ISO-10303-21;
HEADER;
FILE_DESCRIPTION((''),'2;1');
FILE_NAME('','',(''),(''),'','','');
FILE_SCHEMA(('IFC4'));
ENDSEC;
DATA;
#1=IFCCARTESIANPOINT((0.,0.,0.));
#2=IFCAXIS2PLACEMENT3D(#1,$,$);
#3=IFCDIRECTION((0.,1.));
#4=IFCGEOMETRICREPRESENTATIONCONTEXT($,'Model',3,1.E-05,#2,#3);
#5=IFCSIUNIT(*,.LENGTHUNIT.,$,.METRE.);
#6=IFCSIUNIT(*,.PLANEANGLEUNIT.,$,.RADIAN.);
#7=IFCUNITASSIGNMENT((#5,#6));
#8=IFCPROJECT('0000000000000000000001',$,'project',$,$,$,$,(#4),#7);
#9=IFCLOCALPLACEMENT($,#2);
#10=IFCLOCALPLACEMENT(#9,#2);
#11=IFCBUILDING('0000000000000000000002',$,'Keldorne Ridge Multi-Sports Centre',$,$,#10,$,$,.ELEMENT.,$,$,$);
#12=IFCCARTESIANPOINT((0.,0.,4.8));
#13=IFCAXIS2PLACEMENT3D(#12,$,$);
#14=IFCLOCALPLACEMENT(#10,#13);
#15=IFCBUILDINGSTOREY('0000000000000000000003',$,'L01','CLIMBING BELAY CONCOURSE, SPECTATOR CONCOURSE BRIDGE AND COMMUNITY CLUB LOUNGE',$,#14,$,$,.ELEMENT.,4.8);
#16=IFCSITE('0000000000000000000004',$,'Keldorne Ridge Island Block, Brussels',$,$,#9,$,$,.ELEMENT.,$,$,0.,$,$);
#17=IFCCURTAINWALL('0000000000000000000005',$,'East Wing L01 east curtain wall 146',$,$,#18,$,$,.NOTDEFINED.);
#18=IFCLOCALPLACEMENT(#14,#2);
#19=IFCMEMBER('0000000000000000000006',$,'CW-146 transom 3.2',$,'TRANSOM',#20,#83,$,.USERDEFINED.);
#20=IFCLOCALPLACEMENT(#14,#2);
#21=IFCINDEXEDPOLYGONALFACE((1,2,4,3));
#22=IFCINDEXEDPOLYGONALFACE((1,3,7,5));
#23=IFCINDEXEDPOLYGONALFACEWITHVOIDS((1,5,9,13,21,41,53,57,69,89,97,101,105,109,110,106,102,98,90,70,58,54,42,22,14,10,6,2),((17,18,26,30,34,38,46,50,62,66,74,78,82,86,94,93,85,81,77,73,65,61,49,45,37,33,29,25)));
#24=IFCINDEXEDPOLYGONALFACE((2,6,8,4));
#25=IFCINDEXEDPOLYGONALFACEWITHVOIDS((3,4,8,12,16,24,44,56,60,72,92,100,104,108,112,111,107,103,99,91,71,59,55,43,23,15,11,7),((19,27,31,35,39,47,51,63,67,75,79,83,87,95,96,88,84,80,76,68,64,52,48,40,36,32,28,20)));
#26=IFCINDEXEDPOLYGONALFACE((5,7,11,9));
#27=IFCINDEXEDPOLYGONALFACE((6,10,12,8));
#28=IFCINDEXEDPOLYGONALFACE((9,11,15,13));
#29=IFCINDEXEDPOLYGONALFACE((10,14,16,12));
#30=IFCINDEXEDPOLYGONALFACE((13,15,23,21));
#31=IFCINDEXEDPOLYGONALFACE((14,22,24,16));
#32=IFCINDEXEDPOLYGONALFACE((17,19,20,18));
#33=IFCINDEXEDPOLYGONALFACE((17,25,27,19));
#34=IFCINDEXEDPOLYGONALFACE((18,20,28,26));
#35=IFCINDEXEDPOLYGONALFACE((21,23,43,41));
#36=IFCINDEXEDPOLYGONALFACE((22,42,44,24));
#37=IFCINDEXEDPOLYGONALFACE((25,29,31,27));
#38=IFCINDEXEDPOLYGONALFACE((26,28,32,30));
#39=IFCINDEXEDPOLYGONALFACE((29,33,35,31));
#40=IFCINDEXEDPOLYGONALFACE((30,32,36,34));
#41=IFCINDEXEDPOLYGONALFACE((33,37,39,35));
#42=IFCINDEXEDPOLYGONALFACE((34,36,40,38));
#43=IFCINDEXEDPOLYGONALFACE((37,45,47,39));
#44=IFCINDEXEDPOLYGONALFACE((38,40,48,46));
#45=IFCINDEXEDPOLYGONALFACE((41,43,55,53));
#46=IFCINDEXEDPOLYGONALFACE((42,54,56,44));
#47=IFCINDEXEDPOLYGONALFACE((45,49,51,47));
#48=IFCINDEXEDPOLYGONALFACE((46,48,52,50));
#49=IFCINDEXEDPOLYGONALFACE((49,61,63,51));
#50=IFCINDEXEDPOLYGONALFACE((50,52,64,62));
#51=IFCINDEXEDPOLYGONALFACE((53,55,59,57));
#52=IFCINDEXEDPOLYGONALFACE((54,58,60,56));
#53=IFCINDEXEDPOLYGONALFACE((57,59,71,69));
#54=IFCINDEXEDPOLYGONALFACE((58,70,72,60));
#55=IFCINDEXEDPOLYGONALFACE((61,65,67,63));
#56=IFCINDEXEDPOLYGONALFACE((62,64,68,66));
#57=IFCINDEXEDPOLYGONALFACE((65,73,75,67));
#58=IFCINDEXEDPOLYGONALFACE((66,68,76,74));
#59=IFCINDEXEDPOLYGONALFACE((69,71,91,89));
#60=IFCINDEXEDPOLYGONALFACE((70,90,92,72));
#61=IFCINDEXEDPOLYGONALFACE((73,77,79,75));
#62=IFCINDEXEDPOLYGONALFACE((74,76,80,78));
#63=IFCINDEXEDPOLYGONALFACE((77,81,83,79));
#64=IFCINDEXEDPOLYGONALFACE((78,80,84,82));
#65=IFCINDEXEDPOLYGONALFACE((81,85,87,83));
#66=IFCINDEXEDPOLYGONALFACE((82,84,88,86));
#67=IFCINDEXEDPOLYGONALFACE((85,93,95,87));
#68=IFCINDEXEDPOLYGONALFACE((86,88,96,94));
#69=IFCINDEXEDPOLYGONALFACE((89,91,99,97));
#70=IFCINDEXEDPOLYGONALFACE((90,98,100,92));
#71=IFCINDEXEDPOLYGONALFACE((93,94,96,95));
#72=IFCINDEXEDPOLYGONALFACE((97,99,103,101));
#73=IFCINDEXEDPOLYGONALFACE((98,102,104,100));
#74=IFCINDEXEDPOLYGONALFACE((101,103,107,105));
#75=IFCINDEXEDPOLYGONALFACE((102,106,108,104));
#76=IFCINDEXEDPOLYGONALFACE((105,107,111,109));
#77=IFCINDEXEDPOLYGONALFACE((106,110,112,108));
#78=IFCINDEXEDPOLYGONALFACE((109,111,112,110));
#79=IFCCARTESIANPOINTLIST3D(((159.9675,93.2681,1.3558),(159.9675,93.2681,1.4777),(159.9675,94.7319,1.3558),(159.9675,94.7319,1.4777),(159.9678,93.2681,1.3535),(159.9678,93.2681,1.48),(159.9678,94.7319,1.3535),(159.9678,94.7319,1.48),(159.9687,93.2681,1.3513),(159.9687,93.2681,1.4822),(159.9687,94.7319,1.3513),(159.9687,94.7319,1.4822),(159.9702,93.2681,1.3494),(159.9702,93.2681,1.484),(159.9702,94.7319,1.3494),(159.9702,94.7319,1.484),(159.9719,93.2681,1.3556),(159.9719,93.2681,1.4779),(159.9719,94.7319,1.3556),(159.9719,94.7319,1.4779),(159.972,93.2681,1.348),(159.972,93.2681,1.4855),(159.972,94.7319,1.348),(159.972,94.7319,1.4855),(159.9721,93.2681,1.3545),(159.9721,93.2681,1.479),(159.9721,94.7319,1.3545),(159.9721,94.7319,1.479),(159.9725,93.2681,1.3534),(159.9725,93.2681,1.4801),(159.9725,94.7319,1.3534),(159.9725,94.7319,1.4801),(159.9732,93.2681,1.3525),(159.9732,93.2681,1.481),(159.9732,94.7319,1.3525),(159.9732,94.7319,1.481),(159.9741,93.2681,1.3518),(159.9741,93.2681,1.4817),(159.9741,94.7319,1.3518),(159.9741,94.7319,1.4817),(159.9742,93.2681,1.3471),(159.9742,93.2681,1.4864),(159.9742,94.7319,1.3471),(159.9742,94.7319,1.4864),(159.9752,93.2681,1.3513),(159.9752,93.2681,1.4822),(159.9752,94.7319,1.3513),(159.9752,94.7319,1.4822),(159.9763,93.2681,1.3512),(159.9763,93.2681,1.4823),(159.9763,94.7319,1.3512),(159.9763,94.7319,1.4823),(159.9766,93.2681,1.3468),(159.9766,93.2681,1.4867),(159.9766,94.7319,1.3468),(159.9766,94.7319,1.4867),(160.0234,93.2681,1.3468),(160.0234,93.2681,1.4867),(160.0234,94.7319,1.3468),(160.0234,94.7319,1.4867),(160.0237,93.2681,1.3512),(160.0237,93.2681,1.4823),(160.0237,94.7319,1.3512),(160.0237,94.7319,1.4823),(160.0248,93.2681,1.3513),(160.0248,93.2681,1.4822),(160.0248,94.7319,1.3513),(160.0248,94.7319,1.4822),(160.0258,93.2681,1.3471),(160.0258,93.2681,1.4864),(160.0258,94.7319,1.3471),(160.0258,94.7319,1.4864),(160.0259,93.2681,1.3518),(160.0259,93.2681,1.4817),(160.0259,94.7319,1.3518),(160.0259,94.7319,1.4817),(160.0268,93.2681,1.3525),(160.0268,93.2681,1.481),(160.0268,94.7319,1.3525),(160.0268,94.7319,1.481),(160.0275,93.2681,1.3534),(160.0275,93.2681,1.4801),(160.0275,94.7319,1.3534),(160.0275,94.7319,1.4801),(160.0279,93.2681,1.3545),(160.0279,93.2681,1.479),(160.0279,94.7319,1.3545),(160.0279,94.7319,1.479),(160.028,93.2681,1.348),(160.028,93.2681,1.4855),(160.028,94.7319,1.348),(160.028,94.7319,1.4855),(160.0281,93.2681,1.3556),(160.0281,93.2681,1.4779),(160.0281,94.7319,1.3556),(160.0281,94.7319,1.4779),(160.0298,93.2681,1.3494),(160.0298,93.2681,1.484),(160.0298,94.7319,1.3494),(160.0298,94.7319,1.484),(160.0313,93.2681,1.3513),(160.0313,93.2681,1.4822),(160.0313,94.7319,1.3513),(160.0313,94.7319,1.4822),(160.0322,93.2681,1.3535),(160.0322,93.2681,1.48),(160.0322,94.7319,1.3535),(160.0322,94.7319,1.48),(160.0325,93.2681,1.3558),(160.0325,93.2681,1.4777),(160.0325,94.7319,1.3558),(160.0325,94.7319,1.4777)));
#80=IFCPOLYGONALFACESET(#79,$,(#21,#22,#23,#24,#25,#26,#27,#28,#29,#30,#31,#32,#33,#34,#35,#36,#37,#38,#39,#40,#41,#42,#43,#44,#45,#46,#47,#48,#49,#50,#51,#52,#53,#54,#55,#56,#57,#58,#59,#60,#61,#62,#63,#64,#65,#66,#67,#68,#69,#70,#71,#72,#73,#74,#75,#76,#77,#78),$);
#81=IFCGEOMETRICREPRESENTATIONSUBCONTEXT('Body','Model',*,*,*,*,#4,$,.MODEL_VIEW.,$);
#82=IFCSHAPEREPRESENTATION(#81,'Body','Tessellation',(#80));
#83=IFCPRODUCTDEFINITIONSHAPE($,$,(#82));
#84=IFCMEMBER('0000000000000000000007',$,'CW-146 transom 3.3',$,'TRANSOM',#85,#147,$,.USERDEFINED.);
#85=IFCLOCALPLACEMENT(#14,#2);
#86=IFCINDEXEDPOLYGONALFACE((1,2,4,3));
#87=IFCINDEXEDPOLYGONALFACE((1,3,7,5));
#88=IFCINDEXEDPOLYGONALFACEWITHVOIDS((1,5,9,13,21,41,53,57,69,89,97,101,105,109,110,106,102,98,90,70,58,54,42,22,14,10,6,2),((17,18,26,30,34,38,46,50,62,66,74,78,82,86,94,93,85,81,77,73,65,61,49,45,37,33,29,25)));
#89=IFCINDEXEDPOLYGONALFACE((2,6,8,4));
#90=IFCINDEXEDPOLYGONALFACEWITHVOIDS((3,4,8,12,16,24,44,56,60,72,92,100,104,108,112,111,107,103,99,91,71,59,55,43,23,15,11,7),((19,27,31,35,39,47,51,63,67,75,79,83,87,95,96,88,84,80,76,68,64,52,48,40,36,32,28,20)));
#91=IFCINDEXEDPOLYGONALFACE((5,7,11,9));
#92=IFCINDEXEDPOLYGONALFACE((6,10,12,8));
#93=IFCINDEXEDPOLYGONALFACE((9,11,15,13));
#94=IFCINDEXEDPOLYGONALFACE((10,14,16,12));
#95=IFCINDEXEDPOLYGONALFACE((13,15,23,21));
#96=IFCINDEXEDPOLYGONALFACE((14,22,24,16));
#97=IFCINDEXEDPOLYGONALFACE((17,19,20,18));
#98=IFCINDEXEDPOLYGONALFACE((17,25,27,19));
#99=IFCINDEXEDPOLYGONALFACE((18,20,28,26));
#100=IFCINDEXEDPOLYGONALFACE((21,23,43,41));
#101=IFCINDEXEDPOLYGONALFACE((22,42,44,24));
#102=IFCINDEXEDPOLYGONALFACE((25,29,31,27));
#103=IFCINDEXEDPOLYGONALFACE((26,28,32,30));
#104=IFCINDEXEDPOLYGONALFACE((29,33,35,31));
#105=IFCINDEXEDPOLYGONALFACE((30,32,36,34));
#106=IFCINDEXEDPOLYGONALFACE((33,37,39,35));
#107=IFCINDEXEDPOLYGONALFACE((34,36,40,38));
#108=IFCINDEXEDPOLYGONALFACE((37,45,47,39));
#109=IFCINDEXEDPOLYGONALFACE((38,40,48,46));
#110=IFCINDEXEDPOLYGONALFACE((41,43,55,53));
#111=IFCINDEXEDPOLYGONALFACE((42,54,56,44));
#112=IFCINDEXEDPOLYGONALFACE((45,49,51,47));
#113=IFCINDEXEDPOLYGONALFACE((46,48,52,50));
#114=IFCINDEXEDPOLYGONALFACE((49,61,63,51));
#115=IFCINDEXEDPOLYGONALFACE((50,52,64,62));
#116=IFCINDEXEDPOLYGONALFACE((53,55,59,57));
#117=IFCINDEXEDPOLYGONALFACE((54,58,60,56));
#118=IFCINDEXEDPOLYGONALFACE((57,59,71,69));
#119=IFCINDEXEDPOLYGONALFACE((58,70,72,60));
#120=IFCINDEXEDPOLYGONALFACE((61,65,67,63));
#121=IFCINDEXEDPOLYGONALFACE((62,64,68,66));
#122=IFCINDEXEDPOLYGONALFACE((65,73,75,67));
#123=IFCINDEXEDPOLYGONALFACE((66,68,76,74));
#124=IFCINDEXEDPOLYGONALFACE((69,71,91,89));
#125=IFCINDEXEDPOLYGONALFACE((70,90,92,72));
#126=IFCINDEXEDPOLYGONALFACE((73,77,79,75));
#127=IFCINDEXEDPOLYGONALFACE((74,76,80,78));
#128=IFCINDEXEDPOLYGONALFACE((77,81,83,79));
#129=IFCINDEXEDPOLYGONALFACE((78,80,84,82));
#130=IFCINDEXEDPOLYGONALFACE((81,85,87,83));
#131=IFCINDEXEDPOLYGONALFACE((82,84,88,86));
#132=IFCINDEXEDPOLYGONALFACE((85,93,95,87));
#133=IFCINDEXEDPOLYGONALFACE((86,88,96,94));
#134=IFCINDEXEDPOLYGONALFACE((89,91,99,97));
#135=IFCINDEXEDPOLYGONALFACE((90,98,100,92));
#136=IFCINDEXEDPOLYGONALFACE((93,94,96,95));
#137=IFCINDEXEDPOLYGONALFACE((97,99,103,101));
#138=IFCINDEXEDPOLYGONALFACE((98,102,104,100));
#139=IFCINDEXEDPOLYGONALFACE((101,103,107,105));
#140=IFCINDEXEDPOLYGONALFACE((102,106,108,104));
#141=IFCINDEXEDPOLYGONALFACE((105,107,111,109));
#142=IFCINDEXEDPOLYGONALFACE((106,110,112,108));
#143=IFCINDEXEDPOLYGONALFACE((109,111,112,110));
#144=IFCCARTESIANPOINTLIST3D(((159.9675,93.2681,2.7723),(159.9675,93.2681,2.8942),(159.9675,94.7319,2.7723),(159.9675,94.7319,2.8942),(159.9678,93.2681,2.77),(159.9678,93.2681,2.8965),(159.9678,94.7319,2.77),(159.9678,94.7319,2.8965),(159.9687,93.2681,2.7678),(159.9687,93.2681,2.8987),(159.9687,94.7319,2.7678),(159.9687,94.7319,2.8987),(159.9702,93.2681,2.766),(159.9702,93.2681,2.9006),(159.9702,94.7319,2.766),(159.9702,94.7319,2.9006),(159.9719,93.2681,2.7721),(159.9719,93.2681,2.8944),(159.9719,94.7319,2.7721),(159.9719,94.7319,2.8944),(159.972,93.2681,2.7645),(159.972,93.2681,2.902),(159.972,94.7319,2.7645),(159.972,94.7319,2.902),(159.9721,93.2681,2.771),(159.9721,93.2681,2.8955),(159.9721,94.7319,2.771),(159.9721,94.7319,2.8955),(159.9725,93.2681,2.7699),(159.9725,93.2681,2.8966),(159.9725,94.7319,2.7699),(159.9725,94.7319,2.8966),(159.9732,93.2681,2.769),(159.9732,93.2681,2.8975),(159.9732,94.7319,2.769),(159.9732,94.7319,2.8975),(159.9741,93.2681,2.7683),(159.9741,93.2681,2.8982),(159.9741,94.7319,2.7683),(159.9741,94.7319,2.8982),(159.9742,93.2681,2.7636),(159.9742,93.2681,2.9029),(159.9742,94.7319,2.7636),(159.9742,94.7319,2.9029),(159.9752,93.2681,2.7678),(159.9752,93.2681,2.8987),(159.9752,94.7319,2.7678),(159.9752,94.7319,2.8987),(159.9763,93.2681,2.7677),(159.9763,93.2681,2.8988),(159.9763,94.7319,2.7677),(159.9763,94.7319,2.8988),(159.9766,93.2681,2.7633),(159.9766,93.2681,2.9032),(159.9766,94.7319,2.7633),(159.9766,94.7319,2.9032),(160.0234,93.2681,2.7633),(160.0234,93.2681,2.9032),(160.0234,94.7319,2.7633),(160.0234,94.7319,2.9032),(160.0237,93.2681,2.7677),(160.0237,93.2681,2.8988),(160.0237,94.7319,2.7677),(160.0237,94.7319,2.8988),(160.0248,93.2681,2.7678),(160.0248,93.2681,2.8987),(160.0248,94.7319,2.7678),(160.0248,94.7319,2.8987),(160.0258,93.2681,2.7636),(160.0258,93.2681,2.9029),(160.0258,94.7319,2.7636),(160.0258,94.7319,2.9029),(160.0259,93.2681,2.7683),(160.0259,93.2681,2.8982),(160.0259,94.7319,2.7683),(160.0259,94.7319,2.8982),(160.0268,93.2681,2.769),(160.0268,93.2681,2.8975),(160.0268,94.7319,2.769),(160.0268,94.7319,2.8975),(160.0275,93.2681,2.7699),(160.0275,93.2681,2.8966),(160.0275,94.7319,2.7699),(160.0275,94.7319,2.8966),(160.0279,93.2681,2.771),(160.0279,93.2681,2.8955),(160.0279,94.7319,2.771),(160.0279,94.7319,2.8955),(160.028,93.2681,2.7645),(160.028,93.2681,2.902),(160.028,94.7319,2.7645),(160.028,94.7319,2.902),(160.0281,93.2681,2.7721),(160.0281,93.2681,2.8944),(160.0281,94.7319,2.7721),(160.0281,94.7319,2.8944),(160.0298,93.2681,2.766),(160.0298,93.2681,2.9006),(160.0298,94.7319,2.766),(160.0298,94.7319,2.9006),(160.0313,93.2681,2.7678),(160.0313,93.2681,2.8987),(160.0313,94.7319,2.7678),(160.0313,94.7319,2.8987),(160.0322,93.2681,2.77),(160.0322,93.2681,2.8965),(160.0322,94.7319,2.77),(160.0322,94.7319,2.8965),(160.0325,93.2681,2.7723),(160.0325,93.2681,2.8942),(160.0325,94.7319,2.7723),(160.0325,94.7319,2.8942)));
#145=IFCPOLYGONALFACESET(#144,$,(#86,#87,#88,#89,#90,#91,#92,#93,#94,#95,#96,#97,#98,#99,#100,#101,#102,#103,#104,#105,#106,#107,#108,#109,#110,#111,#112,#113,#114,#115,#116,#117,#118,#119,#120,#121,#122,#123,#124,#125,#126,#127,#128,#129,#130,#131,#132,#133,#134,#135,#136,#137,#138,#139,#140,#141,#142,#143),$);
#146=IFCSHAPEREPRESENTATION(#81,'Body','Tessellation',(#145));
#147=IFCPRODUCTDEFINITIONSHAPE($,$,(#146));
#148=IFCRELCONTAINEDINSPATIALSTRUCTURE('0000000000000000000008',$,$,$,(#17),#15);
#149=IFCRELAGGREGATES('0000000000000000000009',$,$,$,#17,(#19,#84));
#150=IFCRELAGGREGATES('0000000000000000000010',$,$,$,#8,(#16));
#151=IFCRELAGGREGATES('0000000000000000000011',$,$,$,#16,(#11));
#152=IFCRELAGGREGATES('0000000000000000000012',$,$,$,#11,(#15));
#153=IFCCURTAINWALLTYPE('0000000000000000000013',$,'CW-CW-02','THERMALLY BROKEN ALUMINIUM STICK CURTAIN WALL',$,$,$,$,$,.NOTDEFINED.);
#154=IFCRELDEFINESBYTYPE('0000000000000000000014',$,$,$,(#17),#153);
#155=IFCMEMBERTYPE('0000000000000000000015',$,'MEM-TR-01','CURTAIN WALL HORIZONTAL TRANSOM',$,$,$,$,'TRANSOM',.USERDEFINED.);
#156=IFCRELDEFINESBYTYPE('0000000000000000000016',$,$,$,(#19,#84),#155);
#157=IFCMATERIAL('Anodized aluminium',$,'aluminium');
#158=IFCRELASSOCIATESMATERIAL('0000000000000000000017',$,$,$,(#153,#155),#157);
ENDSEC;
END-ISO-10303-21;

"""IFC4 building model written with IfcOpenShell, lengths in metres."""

from ifc_helpers import new_model, si_unit, direction, frame, origin, origin_2d, place, context, subcontext, project, spatial, hollow_rectangle, extrude, material, material_profile, profile_set, type_object, element, aggregate, save


model = new_model("IFC4")

# Units and contexts
model_context = context("Model", 3, precision=1e-05, world=origin(), true_north=direction((0.0, 1.0)))
body_context = subcontext(model_context, "Body", "Model", "MODEL_VIEW")
ifc_project = project(units=[si_unit("LENGTHUNIT", "METRE"), si_unit("PLANEANGLEUNIT", "RADIAN")], contexts=[model_context])

# Site, building, storey
site_placement = place(None, origin())
site = spatial("IfcSite", under=ifc_project, at=site_placement, Name="Keldorne Ridge Island Block, Brussels", CompositionType="ELEMENT", RefElevation=0.0)
building_placement = place(site_placement, origin())
building = spatial("IfcBuilding", under=site, at=building_placement, Name="Keldorne Ridge Multi-Sports Centre", CompositionType="ELEMENT")
storey_placement = place(building_placement, frame((0.0, 0.0, 4.8)))
storey = spatial("IfcBuildingStorey", under=building, at=storey_placement, Name="L01", Description="CLIMBING BELAY CONCOURSE, SPECTATOR CONCOURSE BRIDGE AND COMMUNITY CLUB LOUNGE", CompositionType="ELEMENT", Elevation=4.8)

# Curtain wall, members
ifc_material_1 = material(Name="Anodized aluminium", Category="aluminium")
curtain_wall_type = type_object("IfcCurtainWallType", Name="CW-CW-02", Description="THERMALLY BROKEN ALUMINIUM STICK CURTAIN WALL", PredefinedType="NOTDEFINED", material=ifc_material_1)
curtain_wall_placement = place(storey_placement, origin())
curtain_wall = element("IfcCurtainWall", 1, at=curtain_wall_placement, inside=storey, type_object=curtain_wall_type, Name="East Wing L01 east curtain wall 146", PredefinedType="NOTDEFINED")
ifc_material_profile_1 = material_profile(ifc_material_1, hollow_rectangle(XDim=0.0649, YDim=0.1399, WallThickness=0.0044, InnerFilletRadius=0.0044, OuterFilletRadius=0.009, at=origin_2d()), Name="ALU TRANSOM 140x65x4.5")
ifc_profile_set_1 = profile_set([ifc_material_profile_1], Name="Anodized aluminium")
member_type_1 = type_object("IfcMemberType", Name="MEM-TR-01", Description="CURTAIN WALL HORIZONTAL TRANSOM", ElementType="TRANSOM", PredefinedType="USERDEFINED", material=ifc_profile_set_1)
member_1_placement = place(storey_placement, frame((160.0, 93.2681, 1.4167), z_axis=(0.0, 1.0, 0.0), x_axis=(-1.0, 0.0, 0.0)))
member_1 = element("IfcMember", 2, at=member_1_placement, type_object=member_type_1, Name="CW-146 transom 3.2", ObjectType="TRANSOM", PredefinedType="USERDEFINED", context=body_context, shape_type="SweptSolid", body=[
    extrude(hollow_rectangle(XDim=0.0649, YDim=0.1399, WallThickness=0.0044, InnerFilletRadius=0.0044, OuterFilletRadius=0.009, at=origin_2d()), origin(), (0.0, 0.0, 1.0), 1.4639),
])
member_2_placement = place(storey_placement, frame((160.0, 93.2681, 2.8333), z_axis=(0.0, 1.0, 0.0), x_axis=(-1.0, 0.0, 0.0)))
member_2 = element("IfcMember", 3, at=member_2_placement, type_object=member_type_1, Name="CW-146 transom 3.3", ObjectType="TRANSOM", PredefinedType="USERDEFINED", context=body_context, shape_type="SweptSolid", body=[
    extrude(hollow_rectangle(XDim=0.0649, YDim=0.1399, WallThickness=0.0044, InnerFilletRadius=0.0044, OuterFilletRadius=0.009, at=origin_2d()), origin(), (0.0, 0.0, 1.0), 1.4639),
])
aggregate(curtain_wall, [member_1, member_2])

save(model, "model.ifc")
